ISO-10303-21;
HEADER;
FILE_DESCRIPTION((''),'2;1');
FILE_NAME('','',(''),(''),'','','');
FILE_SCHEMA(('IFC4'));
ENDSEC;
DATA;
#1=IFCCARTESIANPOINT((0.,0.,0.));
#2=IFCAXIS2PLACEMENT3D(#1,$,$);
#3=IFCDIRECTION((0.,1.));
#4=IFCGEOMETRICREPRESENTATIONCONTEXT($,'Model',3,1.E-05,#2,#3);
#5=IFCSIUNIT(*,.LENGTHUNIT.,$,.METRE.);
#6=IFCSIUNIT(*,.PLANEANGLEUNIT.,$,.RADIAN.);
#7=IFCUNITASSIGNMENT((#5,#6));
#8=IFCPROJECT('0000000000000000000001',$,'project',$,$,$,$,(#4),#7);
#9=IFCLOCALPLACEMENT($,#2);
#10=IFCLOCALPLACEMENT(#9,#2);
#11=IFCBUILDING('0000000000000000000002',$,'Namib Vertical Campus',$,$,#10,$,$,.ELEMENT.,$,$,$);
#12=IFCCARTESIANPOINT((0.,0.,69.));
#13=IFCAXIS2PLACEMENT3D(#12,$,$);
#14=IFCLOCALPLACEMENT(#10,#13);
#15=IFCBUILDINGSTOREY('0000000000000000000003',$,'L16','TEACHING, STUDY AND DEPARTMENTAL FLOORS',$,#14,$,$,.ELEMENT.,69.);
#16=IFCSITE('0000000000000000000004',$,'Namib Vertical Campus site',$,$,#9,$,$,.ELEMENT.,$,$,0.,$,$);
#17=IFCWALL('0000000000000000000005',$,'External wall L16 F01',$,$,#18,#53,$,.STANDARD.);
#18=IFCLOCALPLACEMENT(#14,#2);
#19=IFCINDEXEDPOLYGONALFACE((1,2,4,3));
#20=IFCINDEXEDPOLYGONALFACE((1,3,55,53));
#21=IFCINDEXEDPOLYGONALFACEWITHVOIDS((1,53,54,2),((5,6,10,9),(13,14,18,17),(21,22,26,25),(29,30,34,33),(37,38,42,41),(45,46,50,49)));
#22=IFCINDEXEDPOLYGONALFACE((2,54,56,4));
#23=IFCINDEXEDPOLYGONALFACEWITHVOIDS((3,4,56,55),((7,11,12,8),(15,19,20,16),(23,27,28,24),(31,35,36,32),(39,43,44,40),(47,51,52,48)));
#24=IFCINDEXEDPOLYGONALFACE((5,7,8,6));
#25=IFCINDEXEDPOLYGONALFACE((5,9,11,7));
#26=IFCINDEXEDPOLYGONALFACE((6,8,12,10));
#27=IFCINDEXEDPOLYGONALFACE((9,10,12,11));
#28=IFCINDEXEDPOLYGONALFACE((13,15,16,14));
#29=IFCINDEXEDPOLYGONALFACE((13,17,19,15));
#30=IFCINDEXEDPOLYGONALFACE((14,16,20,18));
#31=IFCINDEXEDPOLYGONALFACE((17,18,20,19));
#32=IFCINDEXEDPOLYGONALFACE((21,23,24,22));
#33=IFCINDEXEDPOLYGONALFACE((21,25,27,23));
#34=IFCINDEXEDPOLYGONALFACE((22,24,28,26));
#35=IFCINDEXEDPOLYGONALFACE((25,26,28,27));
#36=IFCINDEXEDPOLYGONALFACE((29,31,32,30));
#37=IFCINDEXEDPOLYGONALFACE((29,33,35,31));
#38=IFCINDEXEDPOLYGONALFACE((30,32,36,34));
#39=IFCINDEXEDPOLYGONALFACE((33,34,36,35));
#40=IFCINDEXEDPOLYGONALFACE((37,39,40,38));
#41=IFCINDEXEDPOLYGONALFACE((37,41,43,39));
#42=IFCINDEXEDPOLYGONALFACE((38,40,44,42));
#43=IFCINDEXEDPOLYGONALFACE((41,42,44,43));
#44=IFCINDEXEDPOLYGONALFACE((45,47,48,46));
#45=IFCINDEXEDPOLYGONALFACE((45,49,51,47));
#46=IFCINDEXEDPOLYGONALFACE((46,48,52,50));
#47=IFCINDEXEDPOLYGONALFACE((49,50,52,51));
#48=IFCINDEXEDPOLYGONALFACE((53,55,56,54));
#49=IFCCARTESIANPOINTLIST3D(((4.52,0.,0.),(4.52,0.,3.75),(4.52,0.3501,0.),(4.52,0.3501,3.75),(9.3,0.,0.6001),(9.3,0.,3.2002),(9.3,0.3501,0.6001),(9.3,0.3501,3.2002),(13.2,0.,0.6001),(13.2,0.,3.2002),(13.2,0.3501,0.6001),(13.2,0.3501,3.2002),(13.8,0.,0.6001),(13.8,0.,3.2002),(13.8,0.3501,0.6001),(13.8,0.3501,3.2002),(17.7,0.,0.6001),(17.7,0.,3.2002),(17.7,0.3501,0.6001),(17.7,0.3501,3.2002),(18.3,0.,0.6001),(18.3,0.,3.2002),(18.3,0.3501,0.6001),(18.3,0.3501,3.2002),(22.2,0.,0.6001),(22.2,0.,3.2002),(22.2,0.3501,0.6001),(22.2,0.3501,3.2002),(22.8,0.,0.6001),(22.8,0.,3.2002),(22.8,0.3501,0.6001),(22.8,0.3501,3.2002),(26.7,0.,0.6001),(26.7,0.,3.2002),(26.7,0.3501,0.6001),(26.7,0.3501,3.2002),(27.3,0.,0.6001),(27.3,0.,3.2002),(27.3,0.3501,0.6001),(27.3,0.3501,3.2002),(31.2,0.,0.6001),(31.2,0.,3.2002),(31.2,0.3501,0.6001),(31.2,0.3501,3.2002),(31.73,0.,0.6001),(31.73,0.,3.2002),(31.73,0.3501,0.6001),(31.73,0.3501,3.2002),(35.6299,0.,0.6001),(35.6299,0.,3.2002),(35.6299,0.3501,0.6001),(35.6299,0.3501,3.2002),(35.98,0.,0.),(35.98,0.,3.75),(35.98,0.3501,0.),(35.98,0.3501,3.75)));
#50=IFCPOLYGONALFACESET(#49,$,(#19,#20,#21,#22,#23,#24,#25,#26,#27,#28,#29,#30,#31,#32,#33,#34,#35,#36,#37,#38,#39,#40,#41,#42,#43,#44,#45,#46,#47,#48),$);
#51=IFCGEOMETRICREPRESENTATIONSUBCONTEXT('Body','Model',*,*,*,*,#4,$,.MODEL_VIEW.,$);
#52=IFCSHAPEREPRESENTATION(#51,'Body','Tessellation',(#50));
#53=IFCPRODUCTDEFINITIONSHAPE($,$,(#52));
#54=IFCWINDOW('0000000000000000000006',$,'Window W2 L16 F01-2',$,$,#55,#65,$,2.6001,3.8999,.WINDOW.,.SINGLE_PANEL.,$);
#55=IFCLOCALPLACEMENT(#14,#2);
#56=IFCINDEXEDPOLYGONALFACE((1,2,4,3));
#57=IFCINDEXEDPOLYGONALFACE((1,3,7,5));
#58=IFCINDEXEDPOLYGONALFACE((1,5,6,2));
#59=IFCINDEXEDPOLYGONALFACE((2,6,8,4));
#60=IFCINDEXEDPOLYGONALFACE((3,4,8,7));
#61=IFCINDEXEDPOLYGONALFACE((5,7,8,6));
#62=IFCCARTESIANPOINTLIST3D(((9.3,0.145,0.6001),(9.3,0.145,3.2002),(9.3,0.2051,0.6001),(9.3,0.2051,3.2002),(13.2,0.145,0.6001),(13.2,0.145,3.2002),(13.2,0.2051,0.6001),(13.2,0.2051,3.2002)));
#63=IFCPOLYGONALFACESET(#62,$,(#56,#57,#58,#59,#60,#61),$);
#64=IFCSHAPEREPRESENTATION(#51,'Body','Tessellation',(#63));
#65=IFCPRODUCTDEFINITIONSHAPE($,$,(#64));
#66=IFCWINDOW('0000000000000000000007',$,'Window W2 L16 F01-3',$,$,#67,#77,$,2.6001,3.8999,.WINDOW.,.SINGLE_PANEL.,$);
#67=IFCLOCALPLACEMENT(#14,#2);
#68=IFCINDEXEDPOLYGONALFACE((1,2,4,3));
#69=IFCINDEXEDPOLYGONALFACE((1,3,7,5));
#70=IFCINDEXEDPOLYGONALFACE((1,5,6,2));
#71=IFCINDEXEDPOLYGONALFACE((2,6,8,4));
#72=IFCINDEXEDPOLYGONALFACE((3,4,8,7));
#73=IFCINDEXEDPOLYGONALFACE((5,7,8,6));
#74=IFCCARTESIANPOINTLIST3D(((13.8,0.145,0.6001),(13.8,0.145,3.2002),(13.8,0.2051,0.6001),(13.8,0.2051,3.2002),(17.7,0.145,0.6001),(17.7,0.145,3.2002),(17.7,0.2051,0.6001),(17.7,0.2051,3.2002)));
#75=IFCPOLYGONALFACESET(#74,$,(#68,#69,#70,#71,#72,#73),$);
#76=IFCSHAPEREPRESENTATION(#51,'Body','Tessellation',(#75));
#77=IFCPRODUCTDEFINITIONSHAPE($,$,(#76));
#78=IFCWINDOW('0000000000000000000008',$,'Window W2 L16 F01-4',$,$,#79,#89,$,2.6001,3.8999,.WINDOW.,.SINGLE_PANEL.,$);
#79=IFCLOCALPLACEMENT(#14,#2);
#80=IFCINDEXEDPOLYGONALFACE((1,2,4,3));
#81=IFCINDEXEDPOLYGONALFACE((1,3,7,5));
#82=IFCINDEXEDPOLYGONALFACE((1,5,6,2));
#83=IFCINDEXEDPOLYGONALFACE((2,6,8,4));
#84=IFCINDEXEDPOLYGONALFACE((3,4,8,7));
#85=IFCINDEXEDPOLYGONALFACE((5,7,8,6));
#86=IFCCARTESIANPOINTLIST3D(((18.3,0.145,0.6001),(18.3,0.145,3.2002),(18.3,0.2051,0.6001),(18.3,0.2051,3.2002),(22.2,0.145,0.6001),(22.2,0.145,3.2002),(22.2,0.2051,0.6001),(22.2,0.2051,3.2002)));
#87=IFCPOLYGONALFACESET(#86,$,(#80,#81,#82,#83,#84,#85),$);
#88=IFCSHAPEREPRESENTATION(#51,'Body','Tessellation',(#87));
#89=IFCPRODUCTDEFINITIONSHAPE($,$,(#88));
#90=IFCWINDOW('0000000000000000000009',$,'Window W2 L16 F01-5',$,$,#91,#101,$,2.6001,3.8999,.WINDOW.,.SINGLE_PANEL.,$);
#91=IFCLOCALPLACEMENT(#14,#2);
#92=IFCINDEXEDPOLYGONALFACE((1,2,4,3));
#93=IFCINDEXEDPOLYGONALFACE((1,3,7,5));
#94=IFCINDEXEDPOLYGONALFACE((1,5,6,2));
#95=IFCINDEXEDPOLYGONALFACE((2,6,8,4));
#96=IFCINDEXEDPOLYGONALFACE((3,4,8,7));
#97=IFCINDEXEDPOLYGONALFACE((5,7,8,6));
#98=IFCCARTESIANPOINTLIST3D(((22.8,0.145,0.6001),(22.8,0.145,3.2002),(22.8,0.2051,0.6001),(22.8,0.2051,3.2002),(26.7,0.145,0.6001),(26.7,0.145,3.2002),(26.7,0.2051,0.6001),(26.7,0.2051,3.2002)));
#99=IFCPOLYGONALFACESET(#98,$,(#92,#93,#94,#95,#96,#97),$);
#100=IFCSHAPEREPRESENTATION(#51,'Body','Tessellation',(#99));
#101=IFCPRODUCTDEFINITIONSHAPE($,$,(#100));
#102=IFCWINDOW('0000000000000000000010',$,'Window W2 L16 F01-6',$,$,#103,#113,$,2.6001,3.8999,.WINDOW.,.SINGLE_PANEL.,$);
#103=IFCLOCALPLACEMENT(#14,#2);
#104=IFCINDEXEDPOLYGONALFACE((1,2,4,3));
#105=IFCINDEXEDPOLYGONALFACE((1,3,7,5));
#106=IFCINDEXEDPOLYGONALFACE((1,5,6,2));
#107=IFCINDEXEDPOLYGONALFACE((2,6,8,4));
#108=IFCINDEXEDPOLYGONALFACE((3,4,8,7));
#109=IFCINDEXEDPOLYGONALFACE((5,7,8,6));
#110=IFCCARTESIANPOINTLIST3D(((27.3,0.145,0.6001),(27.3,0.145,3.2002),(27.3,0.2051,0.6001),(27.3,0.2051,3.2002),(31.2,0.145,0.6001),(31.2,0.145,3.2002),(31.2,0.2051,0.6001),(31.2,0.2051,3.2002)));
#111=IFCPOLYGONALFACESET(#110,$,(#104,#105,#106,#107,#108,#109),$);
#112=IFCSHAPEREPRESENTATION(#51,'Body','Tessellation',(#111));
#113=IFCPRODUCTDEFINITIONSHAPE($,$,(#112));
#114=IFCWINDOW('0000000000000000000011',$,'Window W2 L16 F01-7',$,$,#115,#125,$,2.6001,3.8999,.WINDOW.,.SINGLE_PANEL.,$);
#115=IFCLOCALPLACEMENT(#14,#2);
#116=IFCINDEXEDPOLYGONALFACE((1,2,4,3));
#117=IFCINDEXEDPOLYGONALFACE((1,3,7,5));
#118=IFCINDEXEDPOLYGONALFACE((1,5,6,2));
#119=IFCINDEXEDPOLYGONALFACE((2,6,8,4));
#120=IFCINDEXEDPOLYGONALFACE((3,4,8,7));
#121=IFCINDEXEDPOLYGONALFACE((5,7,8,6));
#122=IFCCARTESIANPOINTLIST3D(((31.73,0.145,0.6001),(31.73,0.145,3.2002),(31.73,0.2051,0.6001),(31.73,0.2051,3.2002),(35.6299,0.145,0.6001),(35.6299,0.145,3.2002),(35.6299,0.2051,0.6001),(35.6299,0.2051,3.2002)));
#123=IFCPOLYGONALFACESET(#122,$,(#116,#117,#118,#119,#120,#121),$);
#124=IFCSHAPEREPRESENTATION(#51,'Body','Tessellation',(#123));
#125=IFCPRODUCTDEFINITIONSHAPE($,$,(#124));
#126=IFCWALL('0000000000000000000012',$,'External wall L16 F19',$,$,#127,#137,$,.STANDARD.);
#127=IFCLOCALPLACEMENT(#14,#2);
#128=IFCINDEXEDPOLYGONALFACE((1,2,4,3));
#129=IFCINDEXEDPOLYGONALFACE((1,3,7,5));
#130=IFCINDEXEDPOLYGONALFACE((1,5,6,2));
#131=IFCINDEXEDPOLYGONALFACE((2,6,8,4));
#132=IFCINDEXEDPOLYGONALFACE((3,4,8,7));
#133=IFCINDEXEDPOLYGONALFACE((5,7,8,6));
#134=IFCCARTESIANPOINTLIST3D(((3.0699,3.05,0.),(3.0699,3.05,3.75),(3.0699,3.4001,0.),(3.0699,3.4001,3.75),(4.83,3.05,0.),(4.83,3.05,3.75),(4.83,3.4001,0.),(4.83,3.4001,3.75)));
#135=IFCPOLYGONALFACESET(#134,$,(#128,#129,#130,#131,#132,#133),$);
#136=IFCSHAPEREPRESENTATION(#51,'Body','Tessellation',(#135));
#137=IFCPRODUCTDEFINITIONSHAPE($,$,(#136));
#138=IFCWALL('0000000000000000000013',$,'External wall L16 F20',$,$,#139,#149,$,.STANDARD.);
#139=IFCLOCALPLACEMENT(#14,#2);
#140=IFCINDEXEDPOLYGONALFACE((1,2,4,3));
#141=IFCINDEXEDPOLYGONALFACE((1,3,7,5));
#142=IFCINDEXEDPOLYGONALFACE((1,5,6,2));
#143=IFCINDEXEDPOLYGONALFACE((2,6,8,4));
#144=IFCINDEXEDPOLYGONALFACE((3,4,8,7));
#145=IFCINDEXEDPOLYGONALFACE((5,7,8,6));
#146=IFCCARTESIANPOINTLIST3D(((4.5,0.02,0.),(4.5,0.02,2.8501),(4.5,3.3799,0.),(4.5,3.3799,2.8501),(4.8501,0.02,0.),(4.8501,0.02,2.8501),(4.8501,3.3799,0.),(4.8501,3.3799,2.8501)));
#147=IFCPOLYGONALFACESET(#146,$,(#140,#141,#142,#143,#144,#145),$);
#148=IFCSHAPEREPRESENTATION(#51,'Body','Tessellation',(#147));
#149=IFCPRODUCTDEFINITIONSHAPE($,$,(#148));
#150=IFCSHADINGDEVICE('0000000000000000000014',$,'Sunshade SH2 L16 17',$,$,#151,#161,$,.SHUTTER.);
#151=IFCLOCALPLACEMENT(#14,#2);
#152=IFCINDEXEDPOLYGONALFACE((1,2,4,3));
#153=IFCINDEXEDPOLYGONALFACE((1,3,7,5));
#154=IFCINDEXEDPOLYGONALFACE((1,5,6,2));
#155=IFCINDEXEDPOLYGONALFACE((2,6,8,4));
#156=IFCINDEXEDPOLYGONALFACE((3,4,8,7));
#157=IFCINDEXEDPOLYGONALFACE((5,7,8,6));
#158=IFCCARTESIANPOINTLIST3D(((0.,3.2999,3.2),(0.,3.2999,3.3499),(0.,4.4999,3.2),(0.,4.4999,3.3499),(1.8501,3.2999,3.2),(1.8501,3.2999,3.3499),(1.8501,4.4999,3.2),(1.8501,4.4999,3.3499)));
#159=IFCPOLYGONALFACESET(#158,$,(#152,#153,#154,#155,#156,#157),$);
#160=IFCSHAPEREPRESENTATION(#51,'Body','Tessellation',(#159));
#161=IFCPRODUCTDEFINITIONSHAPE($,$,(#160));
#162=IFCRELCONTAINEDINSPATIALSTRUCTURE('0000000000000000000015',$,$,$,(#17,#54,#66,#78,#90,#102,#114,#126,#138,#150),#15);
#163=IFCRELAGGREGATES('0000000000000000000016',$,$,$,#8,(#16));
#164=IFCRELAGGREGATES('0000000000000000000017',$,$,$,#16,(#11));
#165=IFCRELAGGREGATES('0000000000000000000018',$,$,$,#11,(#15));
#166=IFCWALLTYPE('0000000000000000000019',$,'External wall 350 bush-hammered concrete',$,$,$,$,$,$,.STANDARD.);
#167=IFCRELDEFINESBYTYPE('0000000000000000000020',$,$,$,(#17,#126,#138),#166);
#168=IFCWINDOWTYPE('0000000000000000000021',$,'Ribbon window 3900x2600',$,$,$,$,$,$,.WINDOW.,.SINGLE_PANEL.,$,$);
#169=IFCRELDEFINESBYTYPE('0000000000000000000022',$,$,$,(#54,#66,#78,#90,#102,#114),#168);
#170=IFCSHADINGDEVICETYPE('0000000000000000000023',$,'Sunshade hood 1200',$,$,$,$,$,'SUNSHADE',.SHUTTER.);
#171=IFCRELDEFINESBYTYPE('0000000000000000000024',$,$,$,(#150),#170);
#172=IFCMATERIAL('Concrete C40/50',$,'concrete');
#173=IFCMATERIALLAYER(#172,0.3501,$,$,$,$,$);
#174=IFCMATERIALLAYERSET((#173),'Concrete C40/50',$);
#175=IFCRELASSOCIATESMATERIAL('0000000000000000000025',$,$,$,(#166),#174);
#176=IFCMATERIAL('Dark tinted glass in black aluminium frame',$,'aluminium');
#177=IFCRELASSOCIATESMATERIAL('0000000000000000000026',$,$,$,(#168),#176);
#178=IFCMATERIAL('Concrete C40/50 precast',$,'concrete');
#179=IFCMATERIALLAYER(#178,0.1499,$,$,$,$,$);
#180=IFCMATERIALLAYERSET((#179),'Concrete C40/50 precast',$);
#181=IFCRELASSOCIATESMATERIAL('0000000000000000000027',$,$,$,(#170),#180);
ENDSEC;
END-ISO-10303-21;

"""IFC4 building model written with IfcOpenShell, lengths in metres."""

from ifc_helpers import new_model, si_unit, direction, frame, frame_2d, origin, origin_2d, place, context, subcontext, project, spatial, rectangle, extrude, material, layer, layer_set, type_object, element, fill, save


model = new_model("IFC4")

# Units and contexts
model_context = context("Model", 3, precision=1e-05, world=origin(), true_north=direction((0.0, 1.0)))
body_context = subcontext(model_context, "Body", "Model", "MODEL_VIEW")
ifc_project = project(units=[si_unit("LENGTHUNIT", "METRE"), si_unit("PLANEANGLEUNIT", "RADIAN")], contexts=[model_context])

# Site, building, storey
site_placement = place(None, origin())
site = spatial("IfcSite", under=ifc_project, at=site_placement, Name="Namib Vertical Campus site", CompositionType="ELEMENT", RefElevation=0.0)
building_placement = place(site_placement, origin())
building = spatial("IfcBuilding", under=site, at=building_placement, Name="Namib Vertical Campus", CompositionType="ELEMENT")
storey_placement = place(building_placement, frame((0.0, 0.0, 69.0)))
storey = spatial("IfcBuildingStorey", under=building, at=storey_placement, Name="L16", Description="TEACHING, STUDY AND DEPARTMENTAL FLOORS", CompositionType="ELEMENT", Elevation=69.0)

# Wall, openings, windows
ifc_material_1 = material(Name="Concrete C40/50", Category="concrete")
ifc_layer_1 = layer(ifc_material_1, 0.3501)
ifc_layer_set_1 = layer_set([ifc_layer_1], Name="Concrete C40/50")
wall_type = type_object("IfcWallType", Name="External wall 350 bush-hammered concrete", PredefinedType="STANDARD", material=ifc_layer_set_1)
wall_1_placement = place(storey_placement, frame((4.52, 0.175, 0.0), z_axis=(0.0, 0.0, 1.0), x_axis=(1.0, 0.0, 0.0)))
wall_1 = element("IfcWall", 1, at=wall_1_placement, inside=storey, type_object=wall_type, Name="External wall L16 F01", PredefinedType="STANDARD", context=body_context, shape_type="SweptSolid", body=[
    extrude(rectangle(XDim=31.46, YDim=0.3501, at=frame_2d((15.73, 0.0))), origin(), (0.0, 0.0, 1.0), 3.75),
])
opening_1_placement = place(wall_1_placement, frame((4.78, 0.0, 0.6001)))
opening_1 = element("IfcOpeningElement", 2, at=opening_1_placement, cuts=wall_1, PredefinedType="OPENING", context=body_context, shape_type="SweptSolid", body=[
    extrude(rectangle(XDim=3.8999, YDim=2.6001, at=frame_2d((1.95, 1.3))), frame((0.0, 0.1851, 0.0), z_axis=(0.0, -1.0, 0.0), x_axis=(1.0, 0.0, 0.0)), (0.0, 0.0, 1.0), 0.3701),
])
opening_2_placement = place(wall_1_placement, frame((9.28, 0.0, 0.6001)))
opening_2 = element("IfcOpeningElement", 3, at=opening_2_placement, cuts=wall_1, PredefinedType="OPENING", context=body_context, shape_type="SweptSolid", body=[
    extrude(rectangle(XDim=3.8999, YDim=2.6001, at=frame_2d((1.95, 1.3))), frame((0.0, 0.1851, 0.0), z_axis=(0.0, -1.0, 0.0), x_axis=(1.0, 0.0, 0.0)), (0.0, 0.0, 1.0), 0.3701),
])
opening_3_placement = place(wall_1_placement, frame((13.78, 0.0, 0.6001)))
opening_3 = element("IfcOpeningElement", 4, at=opening_3_placement, cuts=wall_1, PredefinedType="OPENING", context=body_context, shape_type="SweptSolid", body=[
    extrude(rectangle(XDim=3.8999, YDim=2.6001, at=frame_2d((1.95, 1.3))), frame((0.0, 0.1851, 0.0), z_axis=(0.0, -1.0, 0.0), x_axis=(1.0, 0.0, 0.0)), (0.0, 0.0, 1.0), 0.3701),
])
opening_4_placement = place(wall_1_placement, frame((18.28, 0.0, 0.6001)))
opening_4 = element("IfcOpeningElement", 5, at=opening_4_placement, cuts=wall_1, PredefinedType="OPENING", context=body_context, shape_type="SweptSolid", body=[
    extrude(rectangle(XDim=3.8999, YDim=2.6001, at=frame_2d((1.95, 1.3))), frame((0.0, 0.1851, 0.0), z_axis=(0.0, -1.0, 0.0), x_axis=(1.0, 0.0, 0.0)), (0.0, 0.0, 1.0), 0.3701),
])
opening_5_placement = place(wall_1_placement, frame((22.78, 0.0, 0.6001)))
opening_5 = element("IfcOpeningElement", 6, at=opening_5_placement, cuts=wall_1, PredefinedType="OPENING", context=body_context, shape_type="SweptSolid", body=[
    extrude(rectangle(XDim=3.8999, YDim=2.6001, at=frame_2d((1.95, 1.3))), frame((0.0, 0.1851, 0.0), z_axis=(0.0, -1.0, 0.0), x_axis=(1.0, 0.0, 0.0)), (0.0, 0.0, 1.0), 0.3701),
])
opening_6_placement = place(wall_1_placement, frame((27.21, 0.0, 0.6001)))
opening_6 = element("IfcOpeningElement", 7, at=opening_6_placement, cuts=wall_1, PredefinedType="OPENING", context=body_context, shape_type="SweptSolid", body=[
    extrude(rectangle(XDim=3.8999, YDim=2.6001, at=frame_2d((1.95, 1.3))), frame((0.0, 0.1851, 0.0), z_axis=(0.0, -1.0, 0.0), x_axis=(1.0, 0.0, 0.0)), (0.0, 0.0, 1.0), 0.3701),
])
ifc_material_2 = material(Name="Dark tinted glass in black aluminium frame", Category="aluminium")
window_type = type_object("IfcWindowType", Name="Ribbon window 3900x2600", PartitioningType="SINGLE_PANEL", PredefinedType="WINDOW", material=ifc_material_2)
window_1_placement = place(opening_1_placement, origin())
window_1 = element("IfcWindow", 8, at=window_1_placement, inside=storey, type_object=window_type, Name="Window W2 L16 F01-2", OverallHeight=2.6001, OverallWidth=3.8999, PartitioningType="SINGLE_PANEL", PredefinedType="WINDOW", context=body_context, shape_type="SweptSolid", body=[
    extrude(rectangle(XDim=3.8999, YDim=2.6001, at=frame_2d((1.95, 1.3))), frame((0.0, 0.03, 0.0), z_axis=(0.0, -1.0, 0.0), x_axis=(1.0, 0.0, 0.0)), (0.0, 0.0, 1.0), 0.0601),
])
fill(opening_1, window_1)
window_2_placement = place(opening_2_placement, origin())
window_2 = element("IfcWindow", 9, at=window_2_placement, inside=storey, type_object=window_type, Name="Window W2 L16 F01-3", OverallHeight=2.6001, OverallWidth=3.8999, PartitioningType="SINGLE_PANEL", PredefinedType="WINDOW", context=body_context, shape_type="SweptSolid", body=[
    extrude(rectangle(XDim=3.8999, YDim=2.6001, at=frame_2d((1.95, 1.3))), frame((0.0, 0.03, 0.0), z_axis=(0.0, -1.0, 0.0), x_axis=(1.0, 0.0, 0.0)), (0.0, 0.0, 1.0), 0.0601),
])
fill(opening_2, window_2)
window_3_placement = place(opening_3_placement, origin())
window_3 = element("IfcWindow", 10, at=window_3_placement, inside=storey, type_object=window_type, Name="Window W2 L16 F01-4", OverallHeight=2.6001, OverallWidth=3.8999, PartitioningType="SINGLE_PANEL", PredefinedType="WINDOW", context=body_context, shape_type="SweptSolid", body=[
    extrude(rectangle(XDim=3.8999, YDim=2.6001, at=frame_2d((1.95, 1.3))), frame((0.0, 0.03, 0.0), z_axis=(0.0, -1.0, 0.0), x_axis=(1.0, 0.0, 0.0)), (0.0, 0.0, 1.0), 0.0601),
])
fill(opening_3, window_3)
window_4_placement = place(opening_4_placement, origin())
window_4 = element("IfcWindow", 11, at=window_4_placement, inside=storey, type_object=window_type, Name="Window W2 L16 F01-5", OverallHeight=2.6001, OverallWidth=3.8999, PartitioningType="SINGLE_PANEL", PredefinedType="WINDOW", context=body_context, shape_type="SweptSolid", body=[
    extrude(rectangle(XDim=3.8999, YDim=2.6001, at=frame_2d((1.95, 1.3))), frame((0.0, 0.03, 0.0), z_axis=(0.0, -1.0, 0.0), x_axis=(1.0, 0.0, 0.0)), (0.0, 0.0, 1.0), 0.0601),
])
fill(opening_4, window_4)
window_5_placement = place(opening_5_placement, origin())
window_5 = element("IfcWindow", 12, at=window_5_placement, inside=storey, type_object=window_type, Name="Window W2 L16 F01-6", OverallHeight=2.6001, OverallWidth=3.8999, PartitioningType="SINGLE_PANEL", PredefinedType="WINDOW", context=body_context, shape_type="SweptSolid", body=[
    extrude(rectangle(XDim=3.8999, YDim=2.6001, at=frame_2d((1.95, 1.3))), frame((0.0, 0.03, 0.0), z_axis=(0.0, -1.0, 0.0), x_axis=(1.0, 0.0, 0.0)), (0.0, 0.0, 1.0), 0.0601),
])
fill(opening_5, window_5)
window_6_placement = place(opening_6_placement, origin())
window_6 = element("IfcWindow", 13, at=window_6_placement, inside=storey, type_object=window_type, Name="Window W2 L16 F01-7", OverallHeight=2.6001, OverallWidth=3.8999, PartitioningType="SINGLE_PANEL", PredefinedType="WINDOW", context=body_context, shape_type="SweptSolid", body=[
    extrude(rectangle(XDim=3.8999, YDim=2.6001, at=frame_2d((1.95, 1.3))), frame((0.0, 0.03, 0.0), z_axis=(0.0, -1.0, 0.0), x_axis=(1.0, 0.0, 0.0)), (0.0, 0.0, 1.0), 0.0601),
])
fill(opening_6, window_6)

# Walls
wall_2_placement = place(storey_placement, frame((3.0701, 3.2251, 0.0), z_axis=(0.0, 0.0, 1.0), x_axis=(1.0, 0.0, 0.0)))
element("IfcWall", 14, at=wall_2_placement, inside=storey, type_object=wall_type, Name="External wall L16 F19", PredefinedType="STANDARD", context=body_context, shape_type="SweptSolid", body=[
    extrude(rectangle(XDim=1.76, YDim=0.3501, at=frame_2d((0.8799, 0.0))), origin(), (0.0, 0.0, 1.0), 3.75),
])
wall_3_placement = place(storey_placement, frame((4.675, 3.3799, 0.0), z_axis=(0.0, 0.0, 1.0), x_axis=(0.0, -1.0, 0.0)))
element("IfcWall", 15, at=wall_3_placement, inside=storey, type_object=wall_type, Name="External wall L16 F20", PredefinedType="STANDARD", context=body_context, shape_type="SweptSolid", body=[
    extrude(rectangle(XDim=3.3599, YDim=0.3501, at=frame_2d((1.6799, 0.0))), origin(), (0.0, 0.0, 1.0), 2.8501),
])

# Shading device
ifc_material_3 = material(Name="Concrete C40/50 precast", Category="concrete")
ifc_layer_2 = layer(ifc_material_3, 0.1499)
ifc_layer_set_2 = layer_set([ifc_layer_2], Name="Concrete C40/50 precast")
shading_device_type = type_object("IfcShadingDeviceType", Name="Sunshade hood 1200", ElementType="SUNSHADE", PredefinedType="SHUTTER", material=ifc_layer_set_2)
for number, where, z_axis, x_axis, name in (
    (16, (0.925, 3.8999, 3.2), (0.0, 0.0, 1.0), (1.0, 0.0, 0.0), "Sunshade SH2 L16 17"),
):
    element("IfcShadingDevice", number, at=place(storey_placement, frame(where, z_axis=z_axis, x_axis=x_axis)), inside=storey, type_object=shading_device_type, Name=name, PredefinedType="SHUTTER", context=body_context, shape_type="SweptSolid", body=[
        extrude(rectangle(XDim=1.8501, YDim=1.2, at=origin_2d()), origin(), (0.0, 0.0, 1.0), 0.1499),
    ])

save(model, "model.ifc")
